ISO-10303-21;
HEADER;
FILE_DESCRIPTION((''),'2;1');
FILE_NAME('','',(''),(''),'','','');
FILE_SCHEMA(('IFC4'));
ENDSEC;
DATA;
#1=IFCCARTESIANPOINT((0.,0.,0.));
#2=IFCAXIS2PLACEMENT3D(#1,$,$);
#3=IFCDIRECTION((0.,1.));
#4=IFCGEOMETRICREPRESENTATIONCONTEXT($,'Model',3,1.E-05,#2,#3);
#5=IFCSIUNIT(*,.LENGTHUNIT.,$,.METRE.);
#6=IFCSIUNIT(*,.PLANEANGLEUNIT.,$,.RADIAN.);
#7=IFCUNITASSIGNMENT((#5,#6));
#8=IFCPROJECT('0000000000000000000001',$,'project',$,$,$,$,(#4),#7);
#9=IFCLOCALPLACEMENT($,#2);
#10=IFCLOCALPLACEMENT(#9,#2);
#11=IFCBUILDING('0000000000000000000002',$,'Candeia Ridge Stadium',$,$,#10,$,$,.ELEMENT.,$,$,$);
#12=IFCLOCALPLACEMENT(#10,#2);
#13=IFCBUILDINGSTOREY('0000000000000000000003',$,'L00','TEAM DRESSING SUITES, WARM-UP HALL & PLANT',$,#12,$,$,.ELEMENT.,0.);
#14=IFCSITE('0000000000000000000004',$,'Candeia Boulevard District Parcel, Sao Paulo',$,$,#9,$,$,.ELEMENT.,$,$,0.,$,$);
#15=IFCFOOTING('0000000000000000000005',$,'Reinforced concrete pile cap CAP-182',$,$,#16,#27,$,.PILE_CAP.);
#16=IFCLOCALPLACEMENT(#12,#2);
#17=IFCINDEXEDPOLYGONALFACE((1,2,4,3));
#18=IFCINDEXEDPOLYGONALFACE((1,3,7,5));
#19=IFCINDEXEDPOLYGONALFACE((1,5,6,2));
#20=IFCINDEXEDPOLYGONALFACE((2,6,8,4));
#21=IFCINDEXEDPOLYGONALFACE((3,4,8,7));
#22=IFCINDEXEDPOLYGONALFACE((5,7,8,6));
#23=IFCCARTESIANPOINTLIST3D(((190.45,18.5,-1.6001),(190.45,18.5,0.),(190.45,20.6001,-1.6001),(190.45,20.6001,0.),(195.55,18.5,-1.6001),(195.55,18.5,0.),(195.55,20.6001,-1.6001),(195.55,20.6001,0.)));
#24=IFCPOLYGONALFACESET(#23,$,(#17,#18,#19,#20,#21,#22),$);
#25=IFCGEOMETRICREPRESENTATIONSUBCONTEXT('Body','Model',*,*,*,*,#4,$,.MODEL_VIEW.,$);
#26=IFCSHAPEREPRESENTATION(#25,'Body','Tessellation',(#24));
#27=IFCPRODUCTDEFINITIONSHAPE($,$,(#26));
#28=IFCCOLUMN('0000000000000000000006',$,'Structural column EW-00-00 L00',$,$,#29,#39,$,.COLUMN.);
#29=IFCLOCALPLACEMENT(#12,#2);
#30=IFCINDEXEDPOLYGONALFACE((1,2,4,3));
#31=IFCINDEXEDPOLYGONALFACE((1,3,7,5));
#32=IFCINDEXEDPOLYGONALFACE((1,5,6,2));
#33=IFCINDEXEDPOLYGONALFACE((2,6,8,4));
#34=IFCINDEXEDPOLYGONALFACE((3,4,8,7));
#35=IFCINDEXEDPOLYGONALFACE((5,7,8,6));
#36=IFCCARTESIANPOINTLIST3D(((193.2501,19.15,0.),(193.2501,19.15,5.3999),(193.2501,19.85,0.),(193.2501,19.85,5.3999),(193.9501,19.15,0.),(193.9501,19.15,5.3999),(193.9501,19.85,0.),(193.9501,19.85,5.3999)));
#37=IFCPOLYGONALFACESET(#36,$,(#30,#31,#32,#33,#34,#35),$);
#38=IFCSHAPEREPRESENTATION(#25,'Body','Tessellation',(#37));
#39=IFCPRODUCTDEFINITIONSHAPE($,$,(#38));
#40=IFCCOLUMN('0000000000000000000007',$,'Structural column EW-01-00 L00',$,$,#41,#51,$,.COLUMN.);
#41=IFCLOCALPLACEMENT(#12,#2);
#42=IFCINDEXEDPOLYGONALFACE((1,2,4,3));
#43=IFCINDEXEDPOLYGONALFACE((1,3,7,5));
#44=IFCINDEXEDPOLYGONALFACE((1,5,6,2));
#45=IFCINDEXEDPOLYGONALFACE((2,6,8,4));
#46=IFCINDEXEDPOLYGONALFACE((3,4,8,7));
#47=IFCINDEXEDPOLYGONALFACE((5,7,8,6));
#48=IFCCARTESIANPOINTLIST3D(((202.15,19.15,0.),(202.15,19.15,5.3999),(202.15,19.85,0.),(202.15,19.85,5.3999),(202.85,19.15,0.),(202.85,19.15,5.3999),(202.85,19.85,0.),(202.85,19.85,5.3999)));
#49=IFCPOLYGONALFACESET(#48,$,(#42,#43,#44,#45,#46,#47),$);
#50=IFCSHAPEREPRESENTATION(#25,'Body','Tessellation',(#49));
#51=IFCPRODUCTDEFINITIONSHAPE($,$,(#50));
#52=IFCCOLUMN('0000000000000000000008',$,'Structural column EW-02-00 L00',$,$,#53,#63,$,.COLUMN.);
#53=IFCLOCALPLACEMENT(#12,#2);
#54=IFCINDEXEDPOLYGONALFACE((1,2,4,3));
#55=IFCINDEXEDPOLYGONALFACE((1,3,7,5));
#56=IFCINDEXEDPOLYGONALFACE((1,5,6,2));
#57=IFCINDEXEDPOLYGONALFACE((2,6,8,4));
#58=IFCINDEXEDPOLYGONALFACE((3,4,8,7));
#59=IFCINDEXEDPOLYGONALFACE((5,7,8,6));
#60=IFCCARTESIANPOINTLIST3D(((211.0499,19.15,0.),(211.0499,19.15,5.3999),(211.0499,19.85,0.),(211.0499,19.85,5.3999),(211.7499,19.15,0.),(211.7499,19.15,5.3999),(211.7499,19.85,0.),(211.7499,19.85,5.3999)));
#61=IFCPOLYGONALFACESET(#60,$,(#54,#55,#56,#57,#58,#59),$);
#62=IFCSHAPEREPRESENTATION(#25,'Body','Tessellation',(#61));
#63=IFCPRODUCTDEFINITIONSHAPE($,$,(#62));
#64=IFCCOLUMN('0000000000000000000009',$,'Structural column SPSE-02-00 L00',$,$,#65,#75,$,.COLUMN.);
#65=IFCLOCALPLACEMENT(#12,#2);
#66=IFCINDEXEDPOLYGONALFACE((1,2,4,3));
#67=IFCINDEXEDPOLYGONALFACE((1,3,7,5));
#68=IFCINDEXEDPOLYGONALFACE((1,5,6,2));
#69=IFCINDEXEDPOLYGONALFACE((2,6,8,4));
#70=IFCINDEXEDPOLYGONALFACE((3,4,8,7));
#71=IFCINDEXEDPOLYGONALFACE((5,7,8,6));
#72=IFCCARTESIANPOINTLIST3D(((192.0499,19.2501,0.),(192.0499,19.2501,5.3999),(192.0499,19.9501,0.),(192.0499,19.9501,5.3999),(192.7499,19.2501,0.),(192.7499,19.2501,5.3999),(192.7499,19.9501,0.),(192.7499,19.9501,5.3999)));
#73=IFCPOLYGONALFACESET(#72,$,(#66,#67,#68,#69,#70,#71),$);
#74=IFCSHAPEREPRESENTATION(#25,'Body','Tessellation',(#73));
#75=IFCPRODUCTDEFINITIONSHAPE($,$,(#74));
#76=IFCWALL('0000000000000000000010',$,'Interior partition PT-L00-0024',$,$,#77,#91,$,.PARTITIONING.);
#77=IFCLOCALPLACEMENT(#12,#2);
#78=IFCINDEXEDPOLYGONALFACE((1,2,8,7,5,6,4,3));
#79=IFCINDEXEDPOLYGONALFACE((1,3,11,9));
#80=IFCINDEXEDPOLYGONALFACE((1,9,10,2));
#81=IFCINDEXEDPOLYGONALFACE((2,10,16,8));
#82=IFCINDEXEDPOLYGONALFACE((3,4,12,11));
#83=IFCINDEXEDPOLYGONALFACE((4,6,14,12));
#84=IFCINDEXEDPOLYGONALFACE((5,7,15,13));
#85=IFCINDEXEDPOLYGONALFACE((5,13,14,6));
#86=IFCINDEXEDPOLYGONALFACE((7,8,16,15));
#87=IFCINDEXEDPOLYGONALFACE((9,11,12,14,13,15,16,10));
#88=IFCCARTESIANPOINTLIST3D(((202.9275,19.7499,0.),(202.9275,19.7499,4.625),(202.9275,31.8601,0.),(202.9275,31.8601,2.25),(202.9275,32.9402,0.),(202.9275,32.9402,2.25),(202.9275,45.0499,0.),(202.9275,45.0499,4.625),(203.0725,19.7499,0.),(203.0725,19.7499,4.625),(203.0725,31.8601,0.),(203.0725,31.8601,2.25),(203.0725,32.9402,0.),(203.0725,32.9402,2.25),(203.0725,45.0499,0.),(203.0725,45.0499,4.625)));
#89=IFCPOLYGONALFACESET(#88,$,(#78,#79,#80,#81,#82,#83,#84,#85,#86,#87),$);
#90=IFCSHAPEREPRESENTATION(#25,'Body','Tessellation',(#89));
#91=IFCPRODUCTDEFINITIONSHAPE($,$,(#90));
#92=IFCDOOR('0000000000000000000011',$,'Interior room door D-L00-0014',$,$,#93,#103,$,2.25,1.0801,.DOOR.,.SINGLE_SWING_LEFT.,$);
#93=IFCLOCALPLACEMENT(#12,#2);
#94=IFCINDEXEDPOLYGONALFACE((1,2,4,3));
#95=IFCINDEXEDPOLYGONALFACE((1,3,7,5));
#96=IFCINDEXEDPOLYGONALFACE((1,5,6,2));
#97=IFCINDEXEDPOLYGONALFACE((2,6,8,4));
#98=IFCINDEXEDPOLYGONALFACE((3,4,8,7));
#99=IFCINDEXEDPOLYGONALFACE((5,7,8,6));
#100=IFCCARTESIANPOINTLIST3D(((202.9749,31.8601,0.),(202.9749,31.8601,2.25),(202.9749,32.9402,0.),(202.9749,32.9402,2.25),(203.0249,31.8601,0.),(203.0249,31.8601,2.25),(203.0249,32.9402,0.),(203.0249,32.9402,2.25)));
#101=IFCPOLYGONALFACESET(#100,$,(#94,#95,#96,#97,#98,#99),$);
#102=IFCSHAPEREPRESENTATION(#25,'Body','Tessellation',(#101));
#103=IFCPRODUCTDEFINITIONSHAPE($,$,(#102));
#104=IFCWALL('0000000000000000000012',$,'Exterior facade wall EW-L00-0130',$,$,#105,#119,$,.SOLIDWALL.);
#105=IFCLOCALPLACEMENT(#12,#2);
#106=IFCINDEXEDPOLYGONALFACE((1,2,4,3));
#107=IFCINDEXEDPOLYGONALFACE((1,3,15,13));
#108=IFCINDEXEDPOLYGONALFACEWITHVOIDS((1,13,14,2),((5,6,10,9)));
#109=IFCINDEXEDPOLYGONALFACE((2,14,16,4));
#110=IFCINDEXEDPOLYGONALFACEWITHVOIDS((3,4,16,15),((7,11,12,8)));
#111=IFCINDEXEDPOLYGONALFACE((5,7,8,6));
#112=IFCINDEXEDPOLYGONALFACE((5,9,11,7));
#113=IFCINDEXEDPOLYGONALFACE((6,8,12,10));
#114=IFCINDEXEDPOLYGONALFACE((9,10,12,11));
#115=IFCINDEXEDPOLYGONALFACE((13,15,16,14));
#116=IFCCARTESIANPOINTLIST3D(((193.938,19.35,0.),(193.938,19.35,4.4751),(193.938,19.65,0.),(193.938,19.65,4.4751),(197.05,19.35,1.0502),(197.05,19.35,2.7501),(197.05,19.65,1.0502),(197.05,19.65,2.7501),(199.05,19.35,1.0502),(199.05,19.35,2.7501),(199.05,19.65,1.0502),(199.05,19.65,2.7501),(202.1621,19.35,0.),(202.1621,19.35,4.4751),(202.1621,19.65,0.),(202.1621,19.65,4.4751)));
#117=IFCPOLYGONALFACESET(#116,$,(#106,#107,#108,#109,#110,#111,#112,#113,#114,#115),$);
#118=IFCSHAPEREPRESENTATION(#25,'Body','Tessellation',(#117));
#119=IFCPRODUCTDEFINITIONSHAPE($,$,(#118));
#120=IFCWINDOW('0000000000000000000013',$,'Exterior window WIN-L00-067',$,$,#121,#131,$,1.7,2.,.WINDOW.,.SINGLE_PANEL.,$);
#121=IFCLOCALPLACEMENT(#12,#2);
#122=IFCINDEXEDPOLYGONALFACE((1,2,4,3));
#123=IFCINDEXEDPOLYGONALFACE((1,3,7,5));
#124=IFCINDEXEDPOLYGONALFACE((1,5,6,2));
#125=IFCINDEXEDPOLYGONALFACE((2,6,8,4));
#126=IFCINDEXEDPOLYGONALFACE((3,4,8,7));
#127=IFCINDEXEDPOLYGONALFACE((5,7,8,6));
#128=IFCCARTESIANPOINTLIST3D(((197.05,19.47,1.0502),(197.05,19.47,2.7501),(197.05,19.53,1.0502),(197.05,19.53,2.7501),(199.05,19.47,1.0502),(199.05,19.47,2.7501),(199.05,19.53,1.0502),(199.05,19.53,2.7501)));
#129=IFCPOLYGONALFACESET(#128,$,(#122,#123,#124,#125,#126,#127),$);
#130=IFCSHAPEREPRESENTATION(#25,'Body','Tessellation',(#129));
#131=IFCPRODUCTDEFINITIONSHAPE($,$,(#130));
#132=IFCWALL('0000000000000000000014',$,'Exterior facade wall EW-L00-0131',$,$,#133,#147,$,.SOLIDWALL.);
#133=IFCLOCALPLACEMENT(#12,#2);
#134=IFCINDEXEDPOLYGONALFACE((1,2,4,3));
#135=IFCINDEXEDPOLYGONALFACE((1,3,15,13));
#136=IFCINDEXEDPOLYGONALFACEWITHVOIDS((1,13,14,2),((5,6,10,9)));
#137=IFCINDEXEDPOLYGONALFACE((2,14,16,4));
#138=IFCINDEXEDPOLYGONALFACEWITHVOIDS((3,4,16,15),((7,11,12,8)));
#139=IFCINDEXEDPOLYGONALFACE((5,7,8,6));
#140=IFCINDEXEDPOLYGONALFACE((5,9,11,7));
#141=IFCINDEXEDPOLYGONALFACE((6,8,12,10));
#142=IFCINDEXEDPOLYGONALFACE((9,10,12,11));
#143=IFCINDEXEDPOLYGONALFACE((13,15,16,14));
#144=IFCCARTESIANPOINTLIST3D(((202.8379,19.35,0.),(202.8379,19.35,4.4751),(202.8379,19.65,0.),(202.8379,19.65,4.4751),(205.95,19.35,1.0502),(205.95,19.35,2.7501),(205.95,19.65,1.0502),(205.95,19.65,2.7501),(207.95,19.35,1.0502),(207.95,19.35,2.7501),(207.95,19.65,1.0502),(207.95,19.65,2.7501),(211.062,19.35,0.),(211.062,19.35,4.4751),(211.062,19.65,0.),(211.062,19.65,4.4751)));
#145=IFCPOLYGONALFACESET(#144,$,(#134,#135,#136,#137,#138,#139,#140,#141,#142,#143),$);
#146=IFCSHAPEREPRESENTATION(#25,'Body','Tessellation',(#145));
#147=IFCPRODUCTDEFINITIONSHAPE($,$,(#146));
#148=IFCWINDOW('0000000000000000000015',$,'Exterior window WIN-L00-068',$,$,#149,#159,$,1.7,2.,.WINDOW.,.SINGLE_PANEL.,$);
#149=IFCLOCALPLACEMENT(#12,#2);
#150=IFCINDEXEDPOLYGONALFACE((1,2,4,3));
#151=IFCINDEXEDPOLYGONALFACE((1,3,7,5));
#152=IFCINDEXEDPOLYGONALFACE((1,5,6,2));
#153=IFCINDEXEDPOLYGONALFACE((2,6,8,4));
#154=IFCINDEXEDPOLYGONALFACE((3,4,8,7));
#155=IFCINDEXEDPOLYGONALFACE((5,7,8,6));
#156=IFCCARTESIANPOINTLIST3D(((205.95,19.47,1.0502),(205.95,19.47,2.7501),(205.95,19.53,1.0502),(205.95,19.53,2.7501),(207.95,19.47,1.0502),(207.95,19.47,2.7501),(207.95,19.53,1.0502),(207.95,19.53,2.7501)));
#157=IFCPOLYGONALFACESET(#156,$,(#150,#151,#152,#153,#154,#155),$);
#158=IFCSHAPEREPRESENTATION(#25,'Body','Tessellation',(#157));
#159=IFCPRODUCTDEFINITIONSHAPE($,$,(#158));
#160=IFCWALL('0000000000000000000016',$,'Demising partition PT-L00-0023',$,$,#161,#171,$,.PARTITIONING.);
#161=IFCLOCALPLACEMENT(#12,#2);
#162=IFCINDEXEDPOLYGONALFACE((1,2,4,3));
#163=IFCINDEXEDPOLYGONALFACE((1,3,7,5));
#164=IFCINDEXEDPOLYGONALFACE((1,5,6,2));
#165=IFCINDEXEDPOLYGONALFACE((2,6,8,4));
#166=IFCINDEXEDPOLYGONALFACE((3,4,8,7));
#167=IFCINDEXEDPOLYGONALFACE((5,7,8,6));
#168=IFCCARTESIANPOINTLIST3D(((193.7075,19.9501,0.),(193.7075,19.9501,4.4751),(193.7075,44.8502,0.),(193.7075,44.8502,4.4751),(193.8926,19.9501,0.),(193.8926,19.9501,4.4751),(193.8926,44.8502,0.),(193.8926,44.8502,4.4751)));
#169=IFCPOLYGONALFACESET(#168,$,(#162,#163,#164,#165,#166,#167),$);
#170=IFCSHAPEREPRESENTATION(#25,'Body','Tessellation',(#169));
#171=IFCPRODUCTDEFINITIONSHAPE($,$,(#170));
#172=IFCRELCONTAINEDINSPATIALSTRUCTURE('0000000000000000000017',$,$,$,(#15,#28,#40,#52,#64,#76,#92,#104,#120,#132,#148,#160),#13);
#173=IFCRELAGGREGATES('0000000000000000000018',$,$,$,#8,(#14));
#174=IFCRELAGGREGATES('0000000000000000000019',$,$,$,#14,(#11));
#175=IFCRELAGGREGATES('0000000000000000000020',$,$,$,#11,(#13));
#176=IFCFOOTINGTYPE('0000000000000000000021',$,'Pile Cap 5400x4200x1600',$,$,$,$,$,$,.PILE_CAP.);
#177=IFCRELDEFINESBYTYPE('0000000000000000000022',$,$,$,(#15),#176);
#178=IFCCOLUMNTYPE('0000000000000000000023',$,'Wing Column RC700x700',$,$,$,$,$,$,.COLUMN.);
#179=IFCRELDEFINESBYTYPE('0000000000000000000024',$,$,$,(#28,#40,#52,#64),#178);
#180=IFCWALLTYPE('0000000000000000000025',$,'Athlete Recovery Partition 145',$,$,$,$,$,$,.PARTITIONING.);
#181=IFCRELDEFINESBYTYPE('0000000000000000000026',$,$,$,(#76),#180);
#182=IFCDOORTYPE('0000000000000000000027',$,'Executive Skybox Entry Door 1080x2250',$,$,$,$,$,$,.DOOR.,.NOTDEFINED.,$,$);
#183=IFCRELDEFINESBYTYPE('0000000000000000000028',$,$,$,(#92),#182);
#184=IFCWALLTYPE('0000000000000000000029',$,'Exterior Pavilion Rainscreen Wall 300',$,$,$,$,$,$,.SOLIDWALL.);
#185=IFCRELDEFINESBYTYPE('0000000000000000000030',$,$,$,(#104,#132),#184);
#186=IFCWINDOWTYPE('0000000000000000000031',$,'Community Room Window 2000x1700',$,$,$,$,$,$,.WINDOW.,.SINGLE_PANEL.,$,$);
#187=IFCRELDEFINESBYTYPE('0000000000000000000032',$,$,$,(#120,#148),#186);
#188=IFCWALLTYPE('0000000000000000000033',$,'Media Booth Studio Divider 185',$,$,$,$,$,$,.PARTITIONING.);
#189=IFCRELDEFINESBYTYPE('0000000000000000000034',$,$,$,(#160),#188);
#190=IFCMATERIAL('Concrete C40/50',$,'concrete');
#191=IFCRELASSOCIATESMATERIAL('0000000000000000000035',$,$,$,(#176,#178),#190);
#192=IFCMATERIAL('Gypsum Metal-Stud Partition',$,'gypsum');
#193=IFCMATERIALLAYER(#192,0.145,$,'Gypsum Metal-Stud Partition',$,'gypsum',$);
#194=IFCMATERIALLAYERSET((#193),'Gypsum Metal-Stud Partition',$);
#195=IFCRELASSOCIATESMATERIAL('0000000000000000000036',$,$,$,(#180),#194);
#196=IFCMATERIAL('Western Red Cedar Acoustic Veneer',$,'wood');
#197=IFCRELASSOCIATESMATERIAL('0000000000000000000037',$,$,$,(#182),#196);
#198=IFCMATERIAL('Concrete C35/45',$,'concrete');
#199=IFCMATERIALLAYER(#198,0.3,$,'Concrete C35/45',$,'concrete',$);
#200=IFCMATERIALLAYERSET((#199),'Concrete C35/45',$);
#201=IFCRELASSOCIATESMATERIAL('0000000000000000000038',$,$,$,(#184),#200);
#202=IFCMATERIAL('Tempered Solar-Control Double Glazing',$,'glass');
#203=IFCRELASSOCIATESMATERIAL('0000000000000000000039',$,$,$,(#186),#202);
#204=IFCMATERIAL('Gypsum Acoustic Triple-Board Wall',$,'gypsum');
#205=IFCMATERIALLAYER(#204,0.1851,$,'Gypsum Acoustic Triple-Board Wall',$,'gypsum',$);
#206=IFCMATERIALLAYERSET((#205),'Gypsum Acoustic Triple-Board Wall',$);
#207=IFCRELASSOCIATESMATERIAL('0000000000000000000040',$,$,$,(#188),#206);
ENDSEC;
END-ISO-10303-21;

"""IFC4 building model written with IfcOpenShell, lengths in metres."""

from ifc_helpers import new_model, si_unit, direction, frame, frame_2d, origin, origin_2d, place, context, subcontext, project, spatial, rectangle, extrude, material, layer, layer_set, material_profile, profile_set, type_object, element, fill, save


model = new_model("IFC4")

# Units and contexts
model_context = context("Model", 3, precision=1e-05, world=origin(), true_north=direction((0.0, 1.0)))
body_context = subcontext(model_context, "Body", "Model", "MODEL_VIEW")
ifc_project = project(units=[si_unit("LENGTHUNIT", "METRE"), si_unit("PLANEANGLEUNIT", "RADIAN")], contexts=[model_context])

# Site, building, storey
site_placement = place(None, origin())
site = spatial("IfcSite", under=ifc_project, at=site_placement, Name="Candeia Boulevard District Parcel, Sao Paulo", CompositionType="ELEMENT", RefElevation=0.0)
building_placement = place(site_placement, origin())
building = spatial("IfcBuilding", under=site, at=building_placement, Name="Candeia Ridge Stadium", CompositionType="ELEMENT")
storey_placement = place(building_placement, origin())
storey = spatial("IfcBuildingStorey", under=building, at=storey_placement, Name="L00", Description="TEAM DRESSING SUITES, WARM-UP HALL & PLANT", CompositionType="ELEMENT", Elevation=0.0)

# Shared definitions
ifc_material_1 = material(Name="Concrete C40/50", Category="concrete")

# Footing
footing_type_1 = type_object("IfcFootingType", Name="Pile Cap 5400x4200x1600", PredefinedType="PILE_CAP", material=ifc_material_1)
footing_1_placement = place(storey_placement, frame((193.0, 19.55, -1.6001), z_axis=(0.0, 0.0, 1.0), x_axis=(1.0, 0.0, 0.0)))
element("IfcFooting", 1, at=footing_1_placement, inside=storey, type_object=footing_type_1, Name="Reinforced concrete pile cap CAP-182", PredefinedType="PILE_CAP", context=body_context, shape_type="SweptSolid", body=[
    extrude(rectangle(XDim=5.1001, YDim=2.1001, at=origin_2d()), origin(), (0.0, 0.0, 1.0), 1.6001),
])

# Columns
ifc_material_profile_1 = material_profile(ifc_material_1, rectangle(XDim=0.7, YDim=0.7, at=origin_2d()), Name="RC700x700", Category="concrete")
ifc_profile_set_1 = profile_set([ifc_material_profile_1], Name="Concrete C40/50")
column_type = type_object("IfcColumnType", Name="Wing Column RC700x700", PredefinedType="COLUMN", material=ifc_profile_set_1)
for number, where, z_axis, x_axis, name in (
    (2, (193.6001, 19.5, 0.0), (0.0, 0.0, 1.0), (1.0, 0.0, 0.0), "Structural column EW-00-00 L00"),
    (3, (202.5, 19.5, 0.0), (0.0, 0.0, 1.0), (1.0, 0.0, 0.0), "Structural column EW-01-00 L00"),
    (4, (211.3999, 19.5, 0.0), (0.0, 0.0, 1.0), (1.0, 0.0, 0.0), "Structural column EW-02-00 L00"),
    (5, (192.3999, 19.6001, 0.0), (0.0, 0.0, 1.0), (1.0, 0.0, 0.0), "Structural column SPSE-02-00 L00"),
):
    element("IfcColumn", number, at=place(storey_placement, frame(where, z_axis=z_axis, x_axis=x_axis)), inside=storey, type_object=column_type, Name=name, PredefinedType="COLUMN", context=body_context, shape_type="SweptSolid", body=[
        extrude(rectangle(XDim=0.7, YDim=0.7, at=origin_2d()), origin(), (0.0, 0.0, 1.0), 5.3999),
    ])

# Wall, opening, door
ifc_material_2 = material(Name="Gypsum Metal-Stud Partition", Category="gypsum")
ifc_layer_1 = layer(ifc_material_2, 0.145, Name="Gypsum Metal-Stud Partition", Category="gypsum")
ifc_layer_set_1 = layer_set([ifc_layer_1], Name="Gypsum Metal-Stud Partition")
wall_type_1 = type_object("IfcWallType", Name="Athlete Recovery Partition 145", PredefinedType="PARTITIONING", material=ifc_layer_set_1)
wall_1_placement = place(storey_placement, frame((203.0, 19.75, 0.0), z_axis=(0.0, 0.0, 1.0), x_axis=(0.0, 1.0, 0.0)))
wall_1 = element("IfcWall", 6, at=wall_1_placement, inside=storey, type_object=wall_type_1, Name="Interior partition PT-L00-0024", PredefinedType="PARTITIONING", context=body_context, shape_type="SweptSolid", body=[
    extrude(rectangle(XDim=25.3, YDim=0.145, at=frame_2d((12.6499, 0.0))), origin(), (0.0, 0.0, 1.0), 4.625),
])
opening_1_placement = place(wall_1_placement, frame((12.1101, 0.0, 0.0)))
opening_1 = element("IfcOpeningElement", 7, at=opening_1_placement, cuts=wall_1, PredefinedType="OPENING", context=body_context, shape_type="SweptSolid", body=[
    extrude(rectangle(XDim=1.0801, YDim=2.25, at=frame_2d((0.54, 1.125))), frame((0.0, 0.0825, 0.0), z_axis=(0.0, -1.0, 0.0), x_axis=(1.0, 0.0, 0.0)), (0.0, 0.0, 1.0), 0.165),
])
ifc_material_3 = material(Name="Western Red Cedar Acoustic Veneer", Category="wood")
door_type_1 = type_object("IfcDoorType", Name="Executive Skybox Entry Door 1080x2250", OperationType="NOTDEFINED", PredefinedType="DOOR", material=ifc_material_3)
door_1_placement = place(opening_1_placement, frame((1.0801, 0.0, 0.0), z_axis=(0.0, 0.0, 1.0), x_axis=(-1.0, 0.0, 0.0)))
door_1 = element("IfcDoor", 8, at=door_1_placement, inside=storey, type_object=door_type_1, Name="Interior room door D-L00-0014", OperationType="SINGLE_SWING_LEFT", OverallHeight=2.25, OverallWidth=1.0801, PredefinedType="DOOR", context=body_context, shape_type="SweptSolid", body=[
    extrude(rectangle(XDim=1.0801, YDim=2.25, at=frame_2d((0.54, 1.125))), frame((0.0, 0.0249, 0.0), z_axis=(0.0, -1.0, 0.0), x_axis=(1.0, 0.0, 0.0)), (0.0, 0.0, 1.0), 0.05),
])
fill(opening_1, door_1)

# Walls, openings, windows
ifc_material_4 = material(Name="Concrete C35/45", Category="concrete")
ifc_layer_2 = layer(ifc_material_4, 0.3, Name="Concrete C35/45", Category="concrete")
ifc_layer_set_2 = layer_set([ifc_layer_2], Name="Concrete C35/45")
wall_type_2 = type_object("IfcWallType", Name="Exterior Pavilion Rainscreen Wall 300", PredefinedType="SOLIDWALL", material=ifc_layer_set_2)
wall_2_placement = place(storey_placement, frame((193.938, 19.5, 0.0), z_axis=(0.0, 0.0, 1.0), x_axis=(1.0, 0.0, 0.0)))
wall_2 = element("IfcWall", 9, at=wall_2_placement, inside=storey, type_object=wall_type_2, Name="Exterior facade wall EW-L00-0130", PredefinedType="SOLIDWALL", context=body_context, shape_type="SweptSolid", body=[
    extrude(rectangle(XDim=8.2241, YDim=0.3, at=frame_2d((4.1121, 0.0))), origin(), (0.0, 0.0, 1.0), 4.4751),
])
opening_2_placement = place(wall_2_placement, frame((3.1121, 0.0, 1.05)))
opening_2 = element("IfcOpeningElement", 10, at=opening_2_placement, cuts=wall_2, PredefinedType="OPENING", context=body_context, shape_type="SweptSolid", body=[
    extrude(rectangle(XDim=2.0, YDim=1.7, at=frame_2d((1.0, 0.8501))), frame((0.0, 0.1599, 0.0), z_axis=(0.0, -1.0, 0.0), x_axis=(1.0, 0.0, 0.0)), (0.0, 0.0, 1.0), 0.3201),
])
ifc_material_5 = material(Name="Tempered Solar-Control Double Glazing", Category="glass")
window_type = type_object("IfcWindowType", Name="Community Room Window 2000x1700", PartitioningType="SINGLE_PANEL", PredefinedType="WINDOW", material=ifc_material_5)
window_1_placement = place(opening_2_placement, origin())
window_1 = element("IfcWindow", 11, at=window_1_placement, inside=storey, type_object=window_type, Name="Exterior window WIN-L00-067", OverallHeight=1.7, OverallWidth=2.0, PartitioningType="SINGLE_PANEL", PredefinedType="WINDOW", context=body_context, shape_type="SweptSolid", body=[
    extrude(rectangle(XDim=2.0, YDim=1.7, at=frame_2d((1.0, 0.8501))), frame((0.0, 0.03, 0.0), z_axis=(0.0, -1.0, 0.0), x_axis=(1.0, 0.0, 0.0)), (0.0, 0.0, 1.0), 0.0601),
])
fill(opening_2, window_1)
wall_3_placement = place(storey_placement, frame((202.8379, 19.5, 0.0), z_axis=(0.0, 0.0, 1.0), x_axis=(1.0, 0.0, 0.0)))
wall_3 = element("IfcWall", 12, at=wall_3_placement, inside=storey, type_object=wall_type_2, Name="Exterior facade wall EW-L00-0131", PredefinedType="SOLIDWALL", context=body_context, shape_type="SweptSolid", body=[
    extrude(rectangle(XDim=8.2241, YDim=0.3, at=frame_2d((4.1121, 0.0))), origin(), (0.0, 0.0, 1.0), 4.4751),
])
opening_3_placement = place(wall_3_placement, frame((3.1121, 0.0, 1.05)))
opening_3 = element("IfcOpeningElement", 13, at=opening_3_placement, cuts=wall_3, PredefinedType="OPENING", context=body_context, shape_type="SweptSolid", body=[
    extrude(rectangle(XDim=2.0, YDim=1.7, at=frame_2d((1.0, 0.8501))), frame((0.0, 0.1599, 0.0), z_axis=(0.0, -1.0, 0.0), x_axis=(1.0, 0.0, 0.0)), (0.0, 0.0, 1.0), 0.3201),
])
window_2_placement = place(opening_3_placement, origin())
window_2 = element("IfcWindow", 14, at=window_2_placement, inside=storey, type_object=window_type, Name="Exterior window WIN-L00-068", OverallHeight=1.7, OverallWidth=2.0, PartitioningType="SINGLE_PANEL", PredefinedType="WINDOW", context=body_context, shape_type="SweptSolid", body=[
    extrude(rectangle(XDim=2.0, YDim=1.7, at=frame_2d((1.0, 0.8501))), frame((0.0, 0.03, 0.0), z_axis=(0.0, -1.0, 0.0), x_axis=(1.0, 0.0, 0.0)), (0.0, 0.0, 1.0), 0.0601),
])
fill(opening_3, window_2)

# Wall
ifc_material_6 = material(Name="Gypsum Acoustic Triple-Board Wall", Category="gypsum")
ifc_layer_3 = layer(ifc_material_6, 0.1851, Name="Gypsum Acoustic Triple-Board Wall", Category="gypsum")
ifc_layer_set_3 = layer_set([ifc_layer_3], Name="Gypsum Acoustic Triple-Board Wall")
wall_type_3 = type_object("IfcWallType", Name="Media Booth Studio Divider 185", PredefinedType="PARTITIONING", material=ifc_layer_set_3)
wall_4_placement = place(storey_placement, frame((193.8, 19.95, 0.0), z_axis=(0.0, 0.0, 1.0), x_axis=(0.0, 1.0, 0.0)))
element("IfcWall", 15, at=wall_4_placement, inside=storey, type_object=wall_type_3, Name="Demising partition PT-L00-0023", PredefinedType="PARTITIONING", context=body_context, shape_type="SweptSolid", body=[
    extrude(rectangle(XDim=24.9001, YDim=0.1851, at=frame_2d((12.4502, 0.0))), origin(), (0.0, 0.0, 1.0), 4.4751),
])

save(model, "model.ifc")
